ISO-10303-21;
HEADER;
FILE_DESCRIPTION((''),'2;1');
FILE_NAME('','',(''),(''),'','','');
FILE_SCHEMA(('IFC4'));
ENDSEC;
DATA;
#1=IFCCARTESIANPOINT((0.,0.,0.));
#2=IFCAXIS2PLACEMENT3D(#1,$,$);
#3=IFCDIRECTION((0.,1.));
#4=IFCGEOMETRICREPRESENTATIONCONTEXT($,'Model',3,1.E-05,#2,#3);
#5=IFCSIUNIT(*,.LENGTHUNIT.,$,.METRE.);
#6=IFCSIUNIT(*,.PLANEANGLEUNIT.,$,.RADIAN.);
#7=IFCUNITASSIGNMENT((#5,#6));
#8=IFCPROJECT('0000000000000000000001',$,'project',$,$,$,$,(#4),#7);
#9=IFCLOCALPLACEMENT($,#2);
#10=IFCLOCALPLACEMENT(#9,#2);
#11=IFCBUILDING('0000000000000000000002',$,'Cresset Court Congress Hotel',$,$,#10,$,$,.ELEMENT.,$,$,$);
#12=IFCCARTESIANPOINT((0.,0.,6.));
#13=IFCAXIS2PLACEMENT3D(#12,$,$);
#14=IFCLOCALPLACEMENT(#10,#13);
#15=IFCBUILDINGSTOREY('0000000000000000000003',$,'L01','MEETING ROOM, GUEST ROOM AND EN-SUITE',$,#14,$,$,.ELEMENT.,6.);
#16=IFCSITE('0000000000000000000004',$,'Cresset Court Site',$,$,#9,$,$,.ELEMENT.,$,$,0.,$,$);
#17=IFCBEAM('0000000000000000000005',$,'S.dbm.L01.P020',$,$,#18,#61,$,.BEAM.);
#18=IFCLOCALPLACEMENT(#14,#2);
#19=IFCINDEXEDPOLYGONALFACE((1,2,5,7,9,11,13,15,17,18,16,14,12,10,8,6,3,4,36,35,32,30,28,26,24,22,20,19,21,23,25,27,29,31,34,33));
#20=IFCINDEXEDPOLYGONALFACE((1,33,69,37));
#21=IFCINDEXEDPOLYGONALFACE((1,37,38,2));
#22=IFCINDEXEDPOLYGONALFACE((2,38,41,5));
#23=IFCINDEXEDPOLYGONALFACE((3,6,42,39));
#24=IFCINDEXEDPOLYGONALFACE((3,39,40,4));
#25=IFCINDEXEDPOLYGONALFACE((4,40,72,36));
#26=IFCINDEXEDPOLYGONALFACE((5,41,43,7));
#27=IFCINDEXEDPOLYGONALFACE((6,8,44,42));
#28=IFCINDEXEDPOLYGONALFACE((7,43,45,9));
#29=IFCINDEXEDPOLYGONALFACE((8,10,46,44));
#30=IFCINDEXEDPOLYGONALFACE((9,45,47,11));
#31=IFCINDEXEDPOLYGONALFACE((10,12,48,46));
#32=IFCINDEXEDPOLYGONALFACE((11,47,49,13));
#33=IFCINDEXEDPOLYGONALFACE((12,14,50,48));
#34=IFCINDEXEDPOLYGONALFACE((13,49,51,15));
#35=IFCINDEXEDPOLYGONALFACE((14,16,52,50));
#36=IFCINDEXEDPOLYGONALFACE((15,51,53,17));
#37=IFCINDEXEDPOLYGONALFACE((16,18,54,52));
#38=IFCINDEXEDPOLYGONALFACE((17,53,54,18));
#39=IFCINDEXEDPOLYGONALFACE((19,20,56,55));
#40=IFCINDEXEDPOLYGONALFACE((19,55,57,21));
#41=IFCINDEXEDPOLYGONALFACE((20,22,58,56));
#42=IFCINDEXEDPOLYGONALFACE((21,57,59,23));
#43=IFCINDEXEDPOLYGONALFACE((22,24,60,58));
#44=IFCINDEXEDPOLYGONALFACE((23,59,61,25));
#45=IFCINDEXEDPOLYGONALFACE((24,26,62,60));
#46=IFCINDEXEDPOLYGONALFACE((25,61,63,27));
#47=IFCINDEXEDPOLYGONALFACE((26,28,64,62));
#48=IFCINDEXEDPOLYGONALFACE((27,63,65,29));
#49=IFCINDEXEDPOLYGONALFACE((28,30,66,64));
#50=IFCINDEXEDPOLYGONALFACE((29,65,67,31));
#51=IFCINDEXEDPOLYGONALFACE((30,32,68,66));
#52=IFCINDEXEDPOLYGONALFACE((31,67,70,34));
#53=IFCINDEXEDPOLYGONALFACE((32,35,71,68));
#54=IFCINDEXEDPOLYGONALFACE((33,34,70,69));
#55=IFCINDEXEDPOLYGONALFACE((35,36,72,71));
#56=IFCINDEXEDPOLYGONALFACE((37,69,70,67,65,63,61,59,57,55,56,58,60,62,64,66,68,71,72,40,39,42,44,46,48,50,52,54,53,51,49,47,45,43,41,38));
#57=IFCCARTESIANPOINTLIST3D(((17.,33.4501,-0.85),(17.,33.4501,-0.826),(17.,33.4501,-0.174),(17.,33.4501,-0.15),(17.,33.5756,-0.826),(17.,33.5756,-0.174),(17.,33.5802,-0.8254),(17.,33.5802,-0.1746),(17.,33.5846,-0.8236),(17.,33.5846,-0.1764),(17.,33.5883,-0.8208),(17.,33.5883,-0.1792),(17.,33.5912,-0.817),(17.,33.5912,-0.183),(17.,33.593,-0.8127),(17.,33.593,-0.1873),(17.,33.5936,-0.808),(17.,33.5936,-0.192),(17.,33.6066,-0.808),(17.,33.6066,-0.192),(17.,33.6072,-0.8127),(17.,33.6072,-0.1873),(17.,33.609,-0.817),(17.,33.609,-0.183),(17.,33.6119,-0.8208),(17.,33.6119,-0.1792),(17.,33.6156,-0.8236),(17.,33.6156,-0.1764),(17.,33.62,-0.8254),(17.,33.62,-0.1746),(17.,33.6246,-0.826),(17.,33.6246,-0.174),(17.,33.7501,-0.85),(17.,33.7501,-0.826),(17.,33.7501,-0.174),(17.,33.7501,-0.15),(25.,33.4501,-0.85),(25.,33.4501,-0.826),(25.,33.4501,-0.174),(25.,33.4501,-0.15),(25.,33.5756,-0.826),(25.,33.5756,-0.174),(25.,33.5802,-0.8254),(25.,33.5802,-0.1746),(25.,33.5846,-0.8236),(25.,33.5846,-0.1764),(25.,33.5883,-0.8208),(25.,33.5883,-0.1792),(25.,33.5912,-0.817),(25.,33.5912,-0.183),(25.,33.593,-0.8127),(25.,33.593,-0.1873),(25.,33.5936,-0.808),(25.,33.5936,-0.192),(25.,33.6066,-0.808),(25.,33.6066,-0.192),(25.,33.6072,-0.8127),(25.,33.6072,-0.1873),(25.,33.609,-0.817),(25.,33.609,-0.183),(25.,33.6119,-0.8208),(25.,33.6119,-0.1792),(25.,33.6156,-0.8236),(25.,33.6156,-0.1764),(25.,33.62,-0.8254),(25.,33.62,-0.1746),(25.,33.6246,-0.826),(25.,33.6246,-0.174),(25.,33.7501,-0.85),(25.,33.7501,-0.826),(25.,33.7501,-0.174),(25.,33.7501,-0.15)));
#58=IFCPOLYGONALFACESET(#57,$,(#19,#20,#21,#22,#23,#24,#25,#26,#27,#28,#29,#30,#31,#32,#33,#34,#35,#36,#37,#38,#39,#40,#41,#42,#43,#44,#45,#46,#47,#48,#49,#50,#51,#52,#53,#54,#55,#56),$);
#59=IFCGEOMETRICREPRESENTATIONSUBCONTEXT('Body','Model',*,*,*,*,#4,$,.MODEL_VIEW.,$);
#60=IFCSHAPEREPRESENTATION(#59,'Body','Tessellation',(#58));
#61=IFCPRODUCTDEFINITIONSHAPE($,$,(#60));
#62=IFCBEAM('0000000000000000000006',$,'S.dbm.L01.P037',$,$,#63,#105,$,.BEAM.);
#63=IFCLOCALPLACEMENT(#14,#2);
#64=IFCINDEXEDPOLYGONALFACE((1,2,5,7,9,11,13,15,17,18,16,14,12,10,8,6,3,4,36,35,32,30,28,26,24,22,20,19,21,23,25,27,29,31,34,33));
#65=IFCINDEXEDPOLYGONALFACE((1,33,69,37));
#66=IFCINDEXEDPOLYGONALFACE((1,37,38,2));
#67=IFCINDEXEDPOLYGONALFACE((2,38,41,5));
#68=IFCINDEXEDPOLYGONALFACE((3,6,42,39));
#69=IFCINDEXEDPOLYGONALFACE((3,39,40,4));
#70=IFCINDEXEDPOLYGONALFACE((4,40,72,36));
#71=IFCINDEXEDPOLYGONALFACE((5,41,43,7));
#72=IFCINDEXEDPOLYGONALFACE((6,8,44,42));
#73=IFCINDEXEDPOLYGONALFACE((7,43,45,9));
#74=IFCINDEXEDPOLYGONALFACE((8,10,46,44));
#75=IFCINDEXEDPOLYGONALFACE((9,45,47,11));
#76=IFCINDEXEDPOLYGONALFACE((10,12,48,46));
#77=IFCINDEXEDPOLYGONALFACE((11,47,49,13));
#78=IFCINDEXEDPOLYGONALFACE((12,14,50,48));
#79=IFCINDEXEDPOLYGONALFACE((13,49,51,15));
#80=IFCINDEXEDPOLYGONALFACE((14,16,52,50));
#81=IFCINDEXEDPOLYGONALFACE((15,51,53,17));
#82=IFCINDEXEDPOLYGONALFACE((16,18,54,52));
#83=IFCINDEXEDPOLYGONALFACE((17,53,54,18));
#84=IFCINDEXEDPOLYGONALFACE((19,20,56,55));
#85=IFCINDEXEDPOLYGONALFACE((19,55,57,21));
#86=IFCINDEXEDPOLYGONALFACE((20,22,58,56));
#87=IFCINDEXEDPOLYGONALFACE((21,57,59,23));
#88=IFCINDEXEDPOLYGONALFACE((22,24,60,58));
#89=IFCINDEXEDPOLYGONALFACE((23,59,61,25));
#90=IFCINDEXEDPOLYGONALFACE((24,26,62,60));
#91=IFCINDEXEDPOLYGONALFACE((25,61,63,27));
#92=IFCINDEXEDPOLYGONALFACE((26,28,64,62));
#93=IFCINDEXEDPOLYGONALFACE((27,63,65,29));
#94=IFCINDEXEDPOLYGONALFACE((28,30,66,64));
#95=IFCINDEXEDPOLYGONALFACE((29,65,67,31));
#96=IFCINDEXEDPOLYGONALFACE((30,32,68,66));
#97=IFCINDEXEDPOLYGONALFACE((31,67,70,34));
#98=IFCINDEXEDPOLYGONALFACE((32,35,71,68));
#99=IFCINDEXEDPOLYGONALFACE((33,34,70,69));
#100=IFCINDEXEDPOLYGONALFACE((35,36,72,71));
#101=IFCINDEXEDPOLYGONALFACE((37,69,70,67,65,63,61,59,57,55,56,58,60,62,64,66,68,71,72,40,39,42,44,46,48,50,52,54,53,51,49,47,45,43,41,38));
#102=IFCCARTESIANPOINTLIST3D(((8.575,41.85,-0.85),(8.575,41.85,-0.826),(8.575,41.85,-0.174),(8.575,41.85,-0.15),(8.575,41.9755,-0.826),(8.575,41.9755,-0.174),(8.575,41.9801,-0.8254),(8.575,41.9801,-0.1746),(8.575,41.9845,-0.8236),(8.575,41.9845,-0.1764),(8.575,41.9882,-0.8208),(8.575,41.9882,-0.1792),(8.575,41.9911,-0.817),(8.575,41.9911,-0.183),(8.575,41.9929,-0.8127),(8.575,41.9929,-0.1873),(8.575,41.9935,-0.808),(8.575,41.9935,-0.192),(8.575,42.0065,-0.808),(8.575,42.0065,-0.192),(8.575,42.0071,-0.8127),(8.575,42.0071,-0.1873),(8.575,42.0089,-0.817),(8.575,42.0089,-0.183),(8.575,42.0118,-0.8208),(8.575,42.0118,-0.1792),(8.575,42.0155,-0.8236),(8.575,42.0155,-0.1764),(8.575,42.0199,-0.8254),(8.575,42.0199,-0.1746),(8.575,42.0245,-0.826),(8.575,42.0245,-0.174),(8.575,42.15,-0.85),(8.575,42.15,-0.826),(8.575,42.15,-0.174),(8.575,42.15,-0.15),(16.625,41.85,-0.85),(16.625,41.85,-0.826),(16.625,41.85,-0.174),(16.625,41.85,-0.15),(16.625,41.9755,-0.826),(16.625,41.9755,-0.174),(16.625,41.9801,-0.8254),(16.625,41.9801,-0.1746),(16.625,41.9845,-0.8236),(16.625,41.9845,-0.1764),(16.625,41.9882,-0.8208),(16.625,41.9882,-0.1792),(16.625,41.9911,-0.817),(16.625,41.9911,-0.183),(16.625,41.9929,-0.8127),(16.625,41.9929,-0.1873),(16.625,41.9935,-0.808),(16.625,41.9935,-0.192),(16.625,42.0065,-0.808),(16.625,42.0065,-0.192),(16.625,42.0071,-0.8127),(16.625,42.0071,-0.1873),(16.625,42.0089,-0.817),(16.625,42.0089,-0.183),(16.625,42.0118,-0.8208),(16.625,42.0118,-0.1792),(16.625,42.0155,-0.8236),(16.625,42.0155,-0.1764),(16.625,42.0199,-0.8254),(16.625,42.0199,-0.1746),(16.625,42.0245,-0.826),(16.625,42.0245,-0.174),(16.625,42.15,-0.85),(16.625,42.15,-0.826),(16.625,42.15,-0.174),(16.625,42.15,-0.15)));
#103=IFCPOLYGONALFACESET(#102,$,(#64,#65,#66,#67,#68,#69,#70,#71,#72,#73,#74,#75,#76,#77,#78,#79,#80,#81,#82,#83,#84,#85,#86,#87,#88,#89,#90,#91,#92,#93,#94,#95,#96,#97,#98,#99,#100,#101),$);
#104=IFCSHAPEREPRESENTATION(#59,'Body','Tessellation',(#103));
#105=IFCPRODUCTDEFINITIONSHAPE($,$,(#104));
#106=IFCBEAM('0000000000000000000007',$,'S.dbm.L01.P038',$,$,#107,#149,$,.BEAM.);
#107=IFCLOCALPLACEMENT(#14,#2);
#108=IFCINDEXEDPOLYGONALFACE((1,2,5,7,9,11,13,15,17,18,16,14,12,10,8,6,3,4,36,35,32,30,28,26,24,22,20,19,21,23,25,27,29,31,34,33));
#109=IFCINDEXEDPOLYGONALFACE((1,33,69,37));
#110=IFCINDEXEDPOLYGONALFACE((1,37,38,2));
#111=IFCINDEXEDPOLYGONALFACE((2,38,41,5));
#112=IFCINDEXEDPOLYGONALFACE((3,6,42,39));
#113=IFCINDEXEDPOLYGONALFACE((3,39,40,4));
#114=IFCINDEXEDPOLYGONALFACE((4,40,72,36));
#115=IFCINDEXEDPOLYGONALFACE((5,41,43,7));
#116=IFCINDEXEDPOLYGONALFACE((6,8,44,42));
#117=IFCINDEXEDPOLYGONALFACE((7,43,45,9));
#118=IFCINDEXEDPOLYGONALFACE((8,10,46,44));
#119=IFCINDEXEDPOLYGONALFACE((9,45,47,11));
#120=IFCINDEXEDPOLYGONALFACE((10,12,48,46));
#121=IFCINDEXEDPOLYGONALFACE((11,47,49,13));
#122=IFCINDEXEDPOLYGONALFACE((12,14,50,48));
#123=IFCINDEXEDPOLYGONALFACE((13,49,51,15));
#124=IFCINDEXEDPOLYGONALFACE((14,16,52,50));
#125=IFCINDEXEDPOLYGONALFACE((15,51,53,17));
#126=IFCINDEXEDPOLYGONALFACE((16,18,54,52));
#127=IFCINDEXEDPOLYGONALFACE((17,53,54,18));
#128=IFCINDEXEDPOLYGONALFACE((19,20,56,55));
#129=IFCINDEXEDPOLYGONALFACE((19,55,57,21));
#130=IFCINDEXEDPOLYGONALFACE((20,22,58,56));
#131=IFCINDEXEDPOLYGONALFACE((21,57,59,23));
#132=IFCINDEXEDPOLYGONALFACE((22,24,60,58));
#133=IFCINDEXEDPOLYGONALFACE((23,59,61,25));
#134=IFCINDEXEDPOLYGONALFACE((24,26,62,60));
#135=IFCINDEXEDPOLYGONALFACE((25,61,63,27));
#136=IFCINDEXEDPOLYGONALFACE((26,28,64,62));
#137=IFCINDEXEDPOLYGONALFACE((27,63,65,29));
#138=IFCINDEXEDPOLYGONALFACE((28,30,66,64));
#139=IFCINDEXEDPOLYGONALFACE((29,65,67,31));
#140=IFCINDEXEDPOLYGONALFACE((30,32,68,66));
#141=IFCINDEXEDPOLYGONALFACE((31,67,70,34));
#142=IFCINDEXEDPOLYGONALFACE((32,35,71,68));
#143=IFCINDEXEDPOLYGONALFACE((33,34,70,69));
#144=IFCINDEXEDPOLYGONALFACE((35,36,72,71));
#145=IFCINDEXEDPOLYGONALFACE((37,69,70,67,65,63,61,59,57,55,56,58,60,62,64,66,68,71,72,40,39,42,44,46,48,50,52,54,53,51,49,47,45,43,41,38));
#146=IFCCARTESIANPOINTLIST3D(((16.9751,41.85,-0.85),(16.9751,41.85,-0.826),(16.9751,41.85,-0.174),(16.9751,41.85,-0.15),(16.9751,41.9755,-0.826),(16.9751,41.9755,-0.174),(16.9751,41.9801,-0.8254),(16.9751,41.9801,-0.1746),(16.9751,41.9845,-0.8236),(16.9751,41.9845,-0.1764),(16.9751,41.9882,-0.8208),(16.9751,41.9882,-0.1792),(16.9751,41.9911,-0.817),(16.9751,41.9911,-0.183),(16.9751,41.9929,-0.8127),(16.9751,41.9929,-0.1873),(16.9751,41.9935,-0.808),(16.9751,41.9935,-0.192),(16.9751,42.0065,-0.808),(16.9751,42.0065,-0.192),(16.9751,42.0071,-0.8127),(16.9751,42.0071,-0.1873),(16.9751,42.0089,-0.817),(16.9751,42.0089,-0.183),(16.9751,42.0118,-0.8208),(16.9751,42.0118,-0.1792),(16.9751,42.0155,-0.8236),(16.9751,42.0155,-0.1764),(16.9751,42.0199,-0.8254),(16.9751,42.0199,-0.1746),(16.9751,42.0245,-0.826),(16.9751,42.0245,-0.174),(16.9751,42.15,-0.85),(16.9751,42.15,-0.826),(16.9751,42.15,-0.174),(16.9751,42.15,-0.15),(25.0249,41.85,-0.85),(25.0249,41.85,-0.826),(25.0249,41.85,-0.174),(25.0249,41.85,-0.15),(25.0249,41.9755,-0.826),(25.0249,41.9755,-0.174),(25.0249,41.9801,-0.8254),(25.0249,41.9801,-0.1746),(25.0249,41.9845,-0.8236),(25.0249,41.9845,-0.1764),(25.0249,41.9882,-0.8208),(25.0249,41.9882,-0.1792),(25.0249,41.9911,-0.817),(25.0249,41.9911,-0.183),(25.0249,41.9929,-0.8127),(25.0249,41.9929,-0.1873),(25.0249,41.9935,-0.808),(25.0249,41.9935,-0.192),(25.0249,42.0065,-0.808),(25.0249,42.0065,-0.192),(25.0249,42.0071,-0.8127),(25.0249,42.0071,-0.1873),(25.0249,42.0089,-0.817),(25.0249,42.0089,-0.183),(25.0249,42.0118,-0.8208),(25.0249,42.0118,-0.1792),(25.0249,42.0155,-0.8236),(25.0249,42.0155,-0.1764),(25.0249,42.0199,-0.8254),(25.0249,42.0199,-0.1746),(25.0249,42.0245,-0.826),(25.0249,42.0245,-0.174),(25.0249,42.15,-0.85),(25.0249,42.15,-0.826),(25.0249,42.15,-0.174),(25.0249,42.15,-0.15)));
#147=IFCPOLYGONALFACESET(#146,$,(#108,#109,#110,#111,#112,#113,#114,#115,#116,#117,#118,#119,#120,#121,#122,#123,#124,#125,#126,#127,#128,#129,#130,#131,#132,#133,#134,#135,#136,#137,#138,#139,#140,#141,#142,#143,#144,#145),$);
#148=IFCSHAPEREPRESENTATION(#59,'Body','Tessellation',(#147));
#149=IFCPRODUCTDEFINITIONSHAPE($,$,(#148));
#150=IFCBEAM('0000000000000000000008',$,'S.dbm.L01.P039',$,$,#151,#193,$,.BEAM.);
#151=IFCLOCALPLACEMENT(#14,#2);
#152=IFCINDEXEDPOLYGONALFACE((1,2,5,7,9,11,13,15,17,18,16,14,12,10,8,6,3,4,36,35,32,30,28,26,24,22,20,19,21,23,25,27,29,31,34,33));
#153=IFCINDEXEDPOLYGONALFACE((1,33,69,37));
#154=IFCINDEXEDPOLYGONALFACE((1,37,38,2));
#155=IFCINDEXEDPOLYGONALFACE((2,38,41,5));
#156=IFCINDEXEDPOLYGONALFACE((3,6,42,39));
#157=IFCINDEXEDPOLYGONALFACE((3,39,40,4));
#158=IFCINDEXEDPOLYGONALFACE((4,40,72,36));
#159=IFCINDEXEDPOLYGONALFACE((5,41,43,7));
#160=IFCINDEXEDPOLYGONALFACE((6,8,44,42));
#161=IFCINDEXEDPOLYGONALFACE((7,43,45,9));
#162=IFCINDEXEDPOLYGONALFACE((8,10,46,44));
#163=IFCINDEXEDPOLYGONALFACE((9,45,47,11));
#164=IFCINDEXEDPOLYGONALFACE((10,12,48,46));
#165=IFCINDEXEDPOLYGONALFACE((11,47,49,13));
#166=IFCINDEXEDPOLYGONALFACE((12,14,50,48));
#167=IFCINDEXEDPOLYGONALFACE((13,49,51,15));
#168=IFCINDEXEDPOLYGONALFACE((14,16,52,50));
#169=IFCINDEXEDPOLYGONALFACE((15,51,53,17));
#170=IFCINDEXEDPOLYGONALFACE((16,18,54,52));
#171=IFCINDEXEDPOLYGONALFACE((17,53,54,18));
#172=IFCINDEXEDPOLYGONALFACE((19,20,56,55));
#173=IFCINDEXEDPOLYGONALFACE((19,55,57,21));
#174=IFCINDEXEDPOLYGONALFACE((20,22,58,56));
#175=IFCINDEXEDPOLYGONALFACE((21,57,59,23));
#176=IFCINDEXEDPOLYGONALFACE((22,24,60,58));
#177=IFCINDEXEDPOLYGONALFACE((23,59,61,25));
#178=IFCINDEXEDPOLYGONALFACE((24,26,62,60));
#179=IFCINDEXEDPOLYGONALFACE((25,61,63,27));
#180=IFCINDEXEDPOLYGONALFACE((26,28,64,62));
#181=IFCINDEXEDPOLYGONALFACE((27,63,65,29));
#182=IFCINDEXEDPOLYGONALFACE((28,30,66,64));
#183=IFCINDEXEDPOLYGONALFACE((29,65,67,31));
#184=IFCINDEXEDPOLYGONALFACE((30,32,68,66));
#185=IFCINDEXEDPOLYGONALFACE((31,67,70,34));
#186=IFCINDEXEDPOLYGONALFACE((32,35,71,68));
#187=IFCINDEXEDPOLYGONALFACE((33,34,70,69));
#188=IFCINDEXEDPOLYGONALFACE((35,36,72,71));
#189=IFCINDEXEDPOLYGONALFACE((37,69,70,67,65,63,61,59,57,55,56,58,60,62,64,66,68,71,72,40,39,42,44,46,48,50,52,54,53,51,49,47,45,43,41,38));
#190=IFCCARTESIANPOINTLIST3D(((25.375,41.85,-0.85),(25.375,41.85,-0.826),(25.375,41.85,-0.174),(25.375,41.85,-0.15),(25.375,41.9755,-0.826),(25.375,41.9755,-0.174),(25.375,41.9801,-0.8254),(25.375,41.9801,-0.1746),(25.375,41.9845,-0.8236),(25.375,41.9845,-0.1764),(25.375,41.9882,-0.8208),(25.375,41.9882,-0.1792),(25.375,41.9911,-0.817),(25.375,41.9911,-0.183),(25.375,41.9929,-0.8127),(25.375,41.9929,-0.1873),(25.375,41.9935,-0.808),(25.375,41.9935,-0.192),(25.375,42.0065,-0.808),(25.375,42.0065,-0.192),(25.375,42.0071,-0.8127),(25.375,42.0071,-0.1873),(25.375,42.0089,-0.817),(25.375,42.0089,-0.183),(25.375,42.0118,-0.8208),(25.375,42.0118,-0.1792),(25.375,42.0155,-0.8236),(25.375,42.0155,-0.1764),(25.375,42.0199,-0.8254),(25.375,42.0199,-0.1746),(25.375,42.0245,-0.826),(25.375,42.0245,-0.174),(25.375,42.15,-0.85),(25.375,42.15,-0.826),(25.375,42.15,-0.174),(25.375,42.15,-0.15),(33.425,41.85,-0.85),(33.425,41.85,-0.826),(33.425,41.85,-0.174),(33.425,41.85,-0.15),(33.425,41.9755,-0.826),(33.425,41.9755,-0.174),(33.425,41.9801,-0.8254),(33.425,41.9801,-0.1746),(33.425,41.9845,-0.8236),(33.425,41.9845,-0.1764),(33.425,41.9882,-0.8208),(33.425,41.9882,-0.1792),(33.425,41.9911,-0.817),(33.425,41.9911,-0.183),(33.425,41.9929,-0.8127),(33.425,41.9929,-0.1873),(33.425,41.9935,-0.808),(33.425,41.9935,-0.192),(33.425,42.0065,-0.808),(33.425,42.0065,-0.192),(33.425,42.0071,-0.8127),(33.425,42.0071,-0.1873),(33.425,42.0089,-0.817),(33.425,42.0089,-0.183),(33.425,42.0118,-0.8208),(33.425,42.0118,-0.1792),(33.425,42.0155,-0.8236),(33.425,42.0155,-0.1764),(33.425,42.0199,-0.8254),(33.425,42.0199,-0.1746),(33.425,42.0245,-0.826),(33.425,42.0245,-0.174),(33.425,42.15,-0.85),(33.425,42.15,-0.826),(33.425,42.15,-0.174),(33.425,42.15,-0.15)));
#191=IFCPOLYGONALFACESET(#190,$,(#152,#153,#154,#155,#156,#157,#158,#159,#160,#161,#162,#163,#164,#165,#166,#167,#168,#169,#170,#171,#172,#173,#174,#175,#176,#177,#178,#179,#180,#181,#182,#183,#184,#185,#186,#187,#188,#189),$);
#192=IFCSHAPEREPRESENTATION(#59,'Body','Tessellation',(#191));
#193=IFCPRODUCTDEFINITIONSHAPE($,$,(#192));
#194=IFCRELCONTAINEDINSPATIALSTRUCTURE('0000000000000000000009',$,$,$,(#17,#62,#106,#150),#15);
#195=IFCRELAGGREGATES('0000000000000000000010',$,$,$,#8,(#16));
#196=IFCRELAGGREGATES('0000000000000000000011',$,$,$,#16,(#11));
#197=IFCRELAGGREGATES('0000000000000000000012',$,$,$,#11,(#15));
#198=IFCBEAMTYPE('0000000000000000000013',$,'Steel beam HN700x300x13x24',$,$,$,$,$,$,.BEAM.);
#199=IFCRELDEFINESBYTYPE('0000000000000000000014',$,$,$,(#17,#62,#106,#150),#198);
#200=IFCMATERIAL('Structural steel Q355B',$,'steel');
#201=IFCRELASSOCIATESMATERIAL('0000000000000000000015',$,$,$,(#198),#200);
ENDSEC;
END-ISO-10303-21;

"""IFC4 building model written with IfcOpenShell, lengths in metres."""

from ifc_helpers import new_model, si_unit, direction, frame, origin, origin_2d, place, context, subcontext, project, spatial, i_section, extrude, material, material_profile, profile_set, type_object, element, save


model = new_model("IFC4")

# Units and contexts
model_context = context("Model", 3, precision=1e-05, world=origin(), true_north=direction((0.0, 1.0)))
body_context = subcontext(model_context, "Body", "Model", "MODEL_VIEW")
ifc_project = project(units=[si_unit("LENGTHUNIT", "METRE"), si_unit("PLANEANGLEUNIT", "RADIAN")], contexts=[model_context])

# Site, building, storey
site_placement = place(None, origin())
site = spatial("IfcSite", under=ifc_project, at=site_placement, Name="Cresset Court Site", CompositionType="ELEMENT", RefElevation=0.0)
building_placement = place(site_placement, origin())
building = spatial("IfcBuilding", under=site, at=building_placement, Name="Cresset Court Congress Hotel", CompositionType="ELEMENT")
storey_placement = place(building_placement, frame((0.0, 0.0, 6.0)))
storey = spatial("IfcBuildingStorey", under=building, at=storey_placement, Name="L01", Description="MEETING ROOM, GUEST ROOM AND EN-SUITE", CompositionType="ELEMENT", Elevation=6.0)

# Beams
ifc_material_1 = material(Name="Structural steel Q355B", Category="steel")
ifc_material_profile_1 = material_profile(ifc_material_1, i_section(OverallWidth=0.3, OverallDepth=0.7, WebThickness=0.0129, FlangeThickness=0.0239, FilletRadius=0.0181, at=origin_2d()), Name="HN700x300x13x24")
ifc_profile_set_1 = profile_set([ifc_material_profile_1], Name="Structural steel Q355B")
beam_type_1 = type_object("IfcBeamType", Name="Steel beam HN700x300x13x24", PredefinedType="BEAM", material=ifc_profile_set_1)
for number, where, z_axis, x_axis, name in (
    (1, (17.0, 33.6001, -0.5), (1.0, 0.0, 0.0), (0.0, 1.0, 0.0), "S.dbm.L01.P020"),
):
    element("IfcBeam", number, at=place(storey_placement, frame(where, z_axis=z_axis, x_axis=x_axis)), inside=storey, type_object=beam_type_1, Name=name, PredefinedType="BEAM", context=body_context, shape_type="SweptSolid", body=[
        extrude(i_section(OverallWidth=0.3, OverallDepth=0.7, WebThickness=0.0129, FlangeThickness=0.0239, FilletRadius=0.0181, at=origin_2d()), origin(), (0.0, 0.0, 1.0), 8.0),
    ])
beam_1_placement = place(storey_placement, frame((8.575, 42.0, -0.5), z_axis=(1.0, 0.0, 0.0), x_axis=(0.0, 1.0, 0.0)))
element("IfcBeam", 2, at=beam_1_placement, inside=storey, type_object=beam_type_1, Name="S.dbm.L01.P037", PredefinedType="BEAM", context=body_context, shape_type="SweptSolid", body=[
    extrude(i_section(OverallWidth=0.3, OverallDepth=0.7, WebThickness=0.0129, FlangeThickness=0.0239, FilletRadius=0.0181, at=origin_2d()), origin(), (0.0, 0.0, 1.0), 8.05),
])
beam_2_placement = place(storey_placement, frame((16.9751, 42.0, -0.5), z_axis=(1.0, 0.0, 0.0), x_axis=(0.0, 1.0, 0.0)))
element("IfcBeam", 3, at=beam_2_placement, inside=storey, type_object=beam_type_1, Name="S.dbm.L01.P038", PredefinedType="BEAM", context=body_context, shape_type="SweptSolid", body=[
    extrude(i_section(OverallWidth=0.3, OverallDepth=0.7, WebThickness=0.0129, FlangeThickness=0.0239, FilletRadius=0.0181, at=origin_2d()), origin(), (0.0, 0.0, 1.0), 8.0498),
])
beam_3_placement = place(storey_placement, frame((25.375, 42.0, -0.5), z_axis=(1.0, 0.0, 0.0), x_axis=(0.0, 1.0, 0.0)))
element("IfcBeam", 4, at=beam_3_placement, inside=storey, type_object=beam_type_1, Name="S.dbm.L01.P039", PredefinedType="BEAM", context=body_context, shape_type="SweptSolid", body=[
    extrude(i_section(OverallWidth=0.3, OverallDepth=0.7, WebThickness=0.0129, FlangeThickness=0.0239, FilletRadius=0.0181, at=origin_2d()), origin(), (0.0, 0.0, 1.0), 8.05),
])

save(model, "model.ifc")
